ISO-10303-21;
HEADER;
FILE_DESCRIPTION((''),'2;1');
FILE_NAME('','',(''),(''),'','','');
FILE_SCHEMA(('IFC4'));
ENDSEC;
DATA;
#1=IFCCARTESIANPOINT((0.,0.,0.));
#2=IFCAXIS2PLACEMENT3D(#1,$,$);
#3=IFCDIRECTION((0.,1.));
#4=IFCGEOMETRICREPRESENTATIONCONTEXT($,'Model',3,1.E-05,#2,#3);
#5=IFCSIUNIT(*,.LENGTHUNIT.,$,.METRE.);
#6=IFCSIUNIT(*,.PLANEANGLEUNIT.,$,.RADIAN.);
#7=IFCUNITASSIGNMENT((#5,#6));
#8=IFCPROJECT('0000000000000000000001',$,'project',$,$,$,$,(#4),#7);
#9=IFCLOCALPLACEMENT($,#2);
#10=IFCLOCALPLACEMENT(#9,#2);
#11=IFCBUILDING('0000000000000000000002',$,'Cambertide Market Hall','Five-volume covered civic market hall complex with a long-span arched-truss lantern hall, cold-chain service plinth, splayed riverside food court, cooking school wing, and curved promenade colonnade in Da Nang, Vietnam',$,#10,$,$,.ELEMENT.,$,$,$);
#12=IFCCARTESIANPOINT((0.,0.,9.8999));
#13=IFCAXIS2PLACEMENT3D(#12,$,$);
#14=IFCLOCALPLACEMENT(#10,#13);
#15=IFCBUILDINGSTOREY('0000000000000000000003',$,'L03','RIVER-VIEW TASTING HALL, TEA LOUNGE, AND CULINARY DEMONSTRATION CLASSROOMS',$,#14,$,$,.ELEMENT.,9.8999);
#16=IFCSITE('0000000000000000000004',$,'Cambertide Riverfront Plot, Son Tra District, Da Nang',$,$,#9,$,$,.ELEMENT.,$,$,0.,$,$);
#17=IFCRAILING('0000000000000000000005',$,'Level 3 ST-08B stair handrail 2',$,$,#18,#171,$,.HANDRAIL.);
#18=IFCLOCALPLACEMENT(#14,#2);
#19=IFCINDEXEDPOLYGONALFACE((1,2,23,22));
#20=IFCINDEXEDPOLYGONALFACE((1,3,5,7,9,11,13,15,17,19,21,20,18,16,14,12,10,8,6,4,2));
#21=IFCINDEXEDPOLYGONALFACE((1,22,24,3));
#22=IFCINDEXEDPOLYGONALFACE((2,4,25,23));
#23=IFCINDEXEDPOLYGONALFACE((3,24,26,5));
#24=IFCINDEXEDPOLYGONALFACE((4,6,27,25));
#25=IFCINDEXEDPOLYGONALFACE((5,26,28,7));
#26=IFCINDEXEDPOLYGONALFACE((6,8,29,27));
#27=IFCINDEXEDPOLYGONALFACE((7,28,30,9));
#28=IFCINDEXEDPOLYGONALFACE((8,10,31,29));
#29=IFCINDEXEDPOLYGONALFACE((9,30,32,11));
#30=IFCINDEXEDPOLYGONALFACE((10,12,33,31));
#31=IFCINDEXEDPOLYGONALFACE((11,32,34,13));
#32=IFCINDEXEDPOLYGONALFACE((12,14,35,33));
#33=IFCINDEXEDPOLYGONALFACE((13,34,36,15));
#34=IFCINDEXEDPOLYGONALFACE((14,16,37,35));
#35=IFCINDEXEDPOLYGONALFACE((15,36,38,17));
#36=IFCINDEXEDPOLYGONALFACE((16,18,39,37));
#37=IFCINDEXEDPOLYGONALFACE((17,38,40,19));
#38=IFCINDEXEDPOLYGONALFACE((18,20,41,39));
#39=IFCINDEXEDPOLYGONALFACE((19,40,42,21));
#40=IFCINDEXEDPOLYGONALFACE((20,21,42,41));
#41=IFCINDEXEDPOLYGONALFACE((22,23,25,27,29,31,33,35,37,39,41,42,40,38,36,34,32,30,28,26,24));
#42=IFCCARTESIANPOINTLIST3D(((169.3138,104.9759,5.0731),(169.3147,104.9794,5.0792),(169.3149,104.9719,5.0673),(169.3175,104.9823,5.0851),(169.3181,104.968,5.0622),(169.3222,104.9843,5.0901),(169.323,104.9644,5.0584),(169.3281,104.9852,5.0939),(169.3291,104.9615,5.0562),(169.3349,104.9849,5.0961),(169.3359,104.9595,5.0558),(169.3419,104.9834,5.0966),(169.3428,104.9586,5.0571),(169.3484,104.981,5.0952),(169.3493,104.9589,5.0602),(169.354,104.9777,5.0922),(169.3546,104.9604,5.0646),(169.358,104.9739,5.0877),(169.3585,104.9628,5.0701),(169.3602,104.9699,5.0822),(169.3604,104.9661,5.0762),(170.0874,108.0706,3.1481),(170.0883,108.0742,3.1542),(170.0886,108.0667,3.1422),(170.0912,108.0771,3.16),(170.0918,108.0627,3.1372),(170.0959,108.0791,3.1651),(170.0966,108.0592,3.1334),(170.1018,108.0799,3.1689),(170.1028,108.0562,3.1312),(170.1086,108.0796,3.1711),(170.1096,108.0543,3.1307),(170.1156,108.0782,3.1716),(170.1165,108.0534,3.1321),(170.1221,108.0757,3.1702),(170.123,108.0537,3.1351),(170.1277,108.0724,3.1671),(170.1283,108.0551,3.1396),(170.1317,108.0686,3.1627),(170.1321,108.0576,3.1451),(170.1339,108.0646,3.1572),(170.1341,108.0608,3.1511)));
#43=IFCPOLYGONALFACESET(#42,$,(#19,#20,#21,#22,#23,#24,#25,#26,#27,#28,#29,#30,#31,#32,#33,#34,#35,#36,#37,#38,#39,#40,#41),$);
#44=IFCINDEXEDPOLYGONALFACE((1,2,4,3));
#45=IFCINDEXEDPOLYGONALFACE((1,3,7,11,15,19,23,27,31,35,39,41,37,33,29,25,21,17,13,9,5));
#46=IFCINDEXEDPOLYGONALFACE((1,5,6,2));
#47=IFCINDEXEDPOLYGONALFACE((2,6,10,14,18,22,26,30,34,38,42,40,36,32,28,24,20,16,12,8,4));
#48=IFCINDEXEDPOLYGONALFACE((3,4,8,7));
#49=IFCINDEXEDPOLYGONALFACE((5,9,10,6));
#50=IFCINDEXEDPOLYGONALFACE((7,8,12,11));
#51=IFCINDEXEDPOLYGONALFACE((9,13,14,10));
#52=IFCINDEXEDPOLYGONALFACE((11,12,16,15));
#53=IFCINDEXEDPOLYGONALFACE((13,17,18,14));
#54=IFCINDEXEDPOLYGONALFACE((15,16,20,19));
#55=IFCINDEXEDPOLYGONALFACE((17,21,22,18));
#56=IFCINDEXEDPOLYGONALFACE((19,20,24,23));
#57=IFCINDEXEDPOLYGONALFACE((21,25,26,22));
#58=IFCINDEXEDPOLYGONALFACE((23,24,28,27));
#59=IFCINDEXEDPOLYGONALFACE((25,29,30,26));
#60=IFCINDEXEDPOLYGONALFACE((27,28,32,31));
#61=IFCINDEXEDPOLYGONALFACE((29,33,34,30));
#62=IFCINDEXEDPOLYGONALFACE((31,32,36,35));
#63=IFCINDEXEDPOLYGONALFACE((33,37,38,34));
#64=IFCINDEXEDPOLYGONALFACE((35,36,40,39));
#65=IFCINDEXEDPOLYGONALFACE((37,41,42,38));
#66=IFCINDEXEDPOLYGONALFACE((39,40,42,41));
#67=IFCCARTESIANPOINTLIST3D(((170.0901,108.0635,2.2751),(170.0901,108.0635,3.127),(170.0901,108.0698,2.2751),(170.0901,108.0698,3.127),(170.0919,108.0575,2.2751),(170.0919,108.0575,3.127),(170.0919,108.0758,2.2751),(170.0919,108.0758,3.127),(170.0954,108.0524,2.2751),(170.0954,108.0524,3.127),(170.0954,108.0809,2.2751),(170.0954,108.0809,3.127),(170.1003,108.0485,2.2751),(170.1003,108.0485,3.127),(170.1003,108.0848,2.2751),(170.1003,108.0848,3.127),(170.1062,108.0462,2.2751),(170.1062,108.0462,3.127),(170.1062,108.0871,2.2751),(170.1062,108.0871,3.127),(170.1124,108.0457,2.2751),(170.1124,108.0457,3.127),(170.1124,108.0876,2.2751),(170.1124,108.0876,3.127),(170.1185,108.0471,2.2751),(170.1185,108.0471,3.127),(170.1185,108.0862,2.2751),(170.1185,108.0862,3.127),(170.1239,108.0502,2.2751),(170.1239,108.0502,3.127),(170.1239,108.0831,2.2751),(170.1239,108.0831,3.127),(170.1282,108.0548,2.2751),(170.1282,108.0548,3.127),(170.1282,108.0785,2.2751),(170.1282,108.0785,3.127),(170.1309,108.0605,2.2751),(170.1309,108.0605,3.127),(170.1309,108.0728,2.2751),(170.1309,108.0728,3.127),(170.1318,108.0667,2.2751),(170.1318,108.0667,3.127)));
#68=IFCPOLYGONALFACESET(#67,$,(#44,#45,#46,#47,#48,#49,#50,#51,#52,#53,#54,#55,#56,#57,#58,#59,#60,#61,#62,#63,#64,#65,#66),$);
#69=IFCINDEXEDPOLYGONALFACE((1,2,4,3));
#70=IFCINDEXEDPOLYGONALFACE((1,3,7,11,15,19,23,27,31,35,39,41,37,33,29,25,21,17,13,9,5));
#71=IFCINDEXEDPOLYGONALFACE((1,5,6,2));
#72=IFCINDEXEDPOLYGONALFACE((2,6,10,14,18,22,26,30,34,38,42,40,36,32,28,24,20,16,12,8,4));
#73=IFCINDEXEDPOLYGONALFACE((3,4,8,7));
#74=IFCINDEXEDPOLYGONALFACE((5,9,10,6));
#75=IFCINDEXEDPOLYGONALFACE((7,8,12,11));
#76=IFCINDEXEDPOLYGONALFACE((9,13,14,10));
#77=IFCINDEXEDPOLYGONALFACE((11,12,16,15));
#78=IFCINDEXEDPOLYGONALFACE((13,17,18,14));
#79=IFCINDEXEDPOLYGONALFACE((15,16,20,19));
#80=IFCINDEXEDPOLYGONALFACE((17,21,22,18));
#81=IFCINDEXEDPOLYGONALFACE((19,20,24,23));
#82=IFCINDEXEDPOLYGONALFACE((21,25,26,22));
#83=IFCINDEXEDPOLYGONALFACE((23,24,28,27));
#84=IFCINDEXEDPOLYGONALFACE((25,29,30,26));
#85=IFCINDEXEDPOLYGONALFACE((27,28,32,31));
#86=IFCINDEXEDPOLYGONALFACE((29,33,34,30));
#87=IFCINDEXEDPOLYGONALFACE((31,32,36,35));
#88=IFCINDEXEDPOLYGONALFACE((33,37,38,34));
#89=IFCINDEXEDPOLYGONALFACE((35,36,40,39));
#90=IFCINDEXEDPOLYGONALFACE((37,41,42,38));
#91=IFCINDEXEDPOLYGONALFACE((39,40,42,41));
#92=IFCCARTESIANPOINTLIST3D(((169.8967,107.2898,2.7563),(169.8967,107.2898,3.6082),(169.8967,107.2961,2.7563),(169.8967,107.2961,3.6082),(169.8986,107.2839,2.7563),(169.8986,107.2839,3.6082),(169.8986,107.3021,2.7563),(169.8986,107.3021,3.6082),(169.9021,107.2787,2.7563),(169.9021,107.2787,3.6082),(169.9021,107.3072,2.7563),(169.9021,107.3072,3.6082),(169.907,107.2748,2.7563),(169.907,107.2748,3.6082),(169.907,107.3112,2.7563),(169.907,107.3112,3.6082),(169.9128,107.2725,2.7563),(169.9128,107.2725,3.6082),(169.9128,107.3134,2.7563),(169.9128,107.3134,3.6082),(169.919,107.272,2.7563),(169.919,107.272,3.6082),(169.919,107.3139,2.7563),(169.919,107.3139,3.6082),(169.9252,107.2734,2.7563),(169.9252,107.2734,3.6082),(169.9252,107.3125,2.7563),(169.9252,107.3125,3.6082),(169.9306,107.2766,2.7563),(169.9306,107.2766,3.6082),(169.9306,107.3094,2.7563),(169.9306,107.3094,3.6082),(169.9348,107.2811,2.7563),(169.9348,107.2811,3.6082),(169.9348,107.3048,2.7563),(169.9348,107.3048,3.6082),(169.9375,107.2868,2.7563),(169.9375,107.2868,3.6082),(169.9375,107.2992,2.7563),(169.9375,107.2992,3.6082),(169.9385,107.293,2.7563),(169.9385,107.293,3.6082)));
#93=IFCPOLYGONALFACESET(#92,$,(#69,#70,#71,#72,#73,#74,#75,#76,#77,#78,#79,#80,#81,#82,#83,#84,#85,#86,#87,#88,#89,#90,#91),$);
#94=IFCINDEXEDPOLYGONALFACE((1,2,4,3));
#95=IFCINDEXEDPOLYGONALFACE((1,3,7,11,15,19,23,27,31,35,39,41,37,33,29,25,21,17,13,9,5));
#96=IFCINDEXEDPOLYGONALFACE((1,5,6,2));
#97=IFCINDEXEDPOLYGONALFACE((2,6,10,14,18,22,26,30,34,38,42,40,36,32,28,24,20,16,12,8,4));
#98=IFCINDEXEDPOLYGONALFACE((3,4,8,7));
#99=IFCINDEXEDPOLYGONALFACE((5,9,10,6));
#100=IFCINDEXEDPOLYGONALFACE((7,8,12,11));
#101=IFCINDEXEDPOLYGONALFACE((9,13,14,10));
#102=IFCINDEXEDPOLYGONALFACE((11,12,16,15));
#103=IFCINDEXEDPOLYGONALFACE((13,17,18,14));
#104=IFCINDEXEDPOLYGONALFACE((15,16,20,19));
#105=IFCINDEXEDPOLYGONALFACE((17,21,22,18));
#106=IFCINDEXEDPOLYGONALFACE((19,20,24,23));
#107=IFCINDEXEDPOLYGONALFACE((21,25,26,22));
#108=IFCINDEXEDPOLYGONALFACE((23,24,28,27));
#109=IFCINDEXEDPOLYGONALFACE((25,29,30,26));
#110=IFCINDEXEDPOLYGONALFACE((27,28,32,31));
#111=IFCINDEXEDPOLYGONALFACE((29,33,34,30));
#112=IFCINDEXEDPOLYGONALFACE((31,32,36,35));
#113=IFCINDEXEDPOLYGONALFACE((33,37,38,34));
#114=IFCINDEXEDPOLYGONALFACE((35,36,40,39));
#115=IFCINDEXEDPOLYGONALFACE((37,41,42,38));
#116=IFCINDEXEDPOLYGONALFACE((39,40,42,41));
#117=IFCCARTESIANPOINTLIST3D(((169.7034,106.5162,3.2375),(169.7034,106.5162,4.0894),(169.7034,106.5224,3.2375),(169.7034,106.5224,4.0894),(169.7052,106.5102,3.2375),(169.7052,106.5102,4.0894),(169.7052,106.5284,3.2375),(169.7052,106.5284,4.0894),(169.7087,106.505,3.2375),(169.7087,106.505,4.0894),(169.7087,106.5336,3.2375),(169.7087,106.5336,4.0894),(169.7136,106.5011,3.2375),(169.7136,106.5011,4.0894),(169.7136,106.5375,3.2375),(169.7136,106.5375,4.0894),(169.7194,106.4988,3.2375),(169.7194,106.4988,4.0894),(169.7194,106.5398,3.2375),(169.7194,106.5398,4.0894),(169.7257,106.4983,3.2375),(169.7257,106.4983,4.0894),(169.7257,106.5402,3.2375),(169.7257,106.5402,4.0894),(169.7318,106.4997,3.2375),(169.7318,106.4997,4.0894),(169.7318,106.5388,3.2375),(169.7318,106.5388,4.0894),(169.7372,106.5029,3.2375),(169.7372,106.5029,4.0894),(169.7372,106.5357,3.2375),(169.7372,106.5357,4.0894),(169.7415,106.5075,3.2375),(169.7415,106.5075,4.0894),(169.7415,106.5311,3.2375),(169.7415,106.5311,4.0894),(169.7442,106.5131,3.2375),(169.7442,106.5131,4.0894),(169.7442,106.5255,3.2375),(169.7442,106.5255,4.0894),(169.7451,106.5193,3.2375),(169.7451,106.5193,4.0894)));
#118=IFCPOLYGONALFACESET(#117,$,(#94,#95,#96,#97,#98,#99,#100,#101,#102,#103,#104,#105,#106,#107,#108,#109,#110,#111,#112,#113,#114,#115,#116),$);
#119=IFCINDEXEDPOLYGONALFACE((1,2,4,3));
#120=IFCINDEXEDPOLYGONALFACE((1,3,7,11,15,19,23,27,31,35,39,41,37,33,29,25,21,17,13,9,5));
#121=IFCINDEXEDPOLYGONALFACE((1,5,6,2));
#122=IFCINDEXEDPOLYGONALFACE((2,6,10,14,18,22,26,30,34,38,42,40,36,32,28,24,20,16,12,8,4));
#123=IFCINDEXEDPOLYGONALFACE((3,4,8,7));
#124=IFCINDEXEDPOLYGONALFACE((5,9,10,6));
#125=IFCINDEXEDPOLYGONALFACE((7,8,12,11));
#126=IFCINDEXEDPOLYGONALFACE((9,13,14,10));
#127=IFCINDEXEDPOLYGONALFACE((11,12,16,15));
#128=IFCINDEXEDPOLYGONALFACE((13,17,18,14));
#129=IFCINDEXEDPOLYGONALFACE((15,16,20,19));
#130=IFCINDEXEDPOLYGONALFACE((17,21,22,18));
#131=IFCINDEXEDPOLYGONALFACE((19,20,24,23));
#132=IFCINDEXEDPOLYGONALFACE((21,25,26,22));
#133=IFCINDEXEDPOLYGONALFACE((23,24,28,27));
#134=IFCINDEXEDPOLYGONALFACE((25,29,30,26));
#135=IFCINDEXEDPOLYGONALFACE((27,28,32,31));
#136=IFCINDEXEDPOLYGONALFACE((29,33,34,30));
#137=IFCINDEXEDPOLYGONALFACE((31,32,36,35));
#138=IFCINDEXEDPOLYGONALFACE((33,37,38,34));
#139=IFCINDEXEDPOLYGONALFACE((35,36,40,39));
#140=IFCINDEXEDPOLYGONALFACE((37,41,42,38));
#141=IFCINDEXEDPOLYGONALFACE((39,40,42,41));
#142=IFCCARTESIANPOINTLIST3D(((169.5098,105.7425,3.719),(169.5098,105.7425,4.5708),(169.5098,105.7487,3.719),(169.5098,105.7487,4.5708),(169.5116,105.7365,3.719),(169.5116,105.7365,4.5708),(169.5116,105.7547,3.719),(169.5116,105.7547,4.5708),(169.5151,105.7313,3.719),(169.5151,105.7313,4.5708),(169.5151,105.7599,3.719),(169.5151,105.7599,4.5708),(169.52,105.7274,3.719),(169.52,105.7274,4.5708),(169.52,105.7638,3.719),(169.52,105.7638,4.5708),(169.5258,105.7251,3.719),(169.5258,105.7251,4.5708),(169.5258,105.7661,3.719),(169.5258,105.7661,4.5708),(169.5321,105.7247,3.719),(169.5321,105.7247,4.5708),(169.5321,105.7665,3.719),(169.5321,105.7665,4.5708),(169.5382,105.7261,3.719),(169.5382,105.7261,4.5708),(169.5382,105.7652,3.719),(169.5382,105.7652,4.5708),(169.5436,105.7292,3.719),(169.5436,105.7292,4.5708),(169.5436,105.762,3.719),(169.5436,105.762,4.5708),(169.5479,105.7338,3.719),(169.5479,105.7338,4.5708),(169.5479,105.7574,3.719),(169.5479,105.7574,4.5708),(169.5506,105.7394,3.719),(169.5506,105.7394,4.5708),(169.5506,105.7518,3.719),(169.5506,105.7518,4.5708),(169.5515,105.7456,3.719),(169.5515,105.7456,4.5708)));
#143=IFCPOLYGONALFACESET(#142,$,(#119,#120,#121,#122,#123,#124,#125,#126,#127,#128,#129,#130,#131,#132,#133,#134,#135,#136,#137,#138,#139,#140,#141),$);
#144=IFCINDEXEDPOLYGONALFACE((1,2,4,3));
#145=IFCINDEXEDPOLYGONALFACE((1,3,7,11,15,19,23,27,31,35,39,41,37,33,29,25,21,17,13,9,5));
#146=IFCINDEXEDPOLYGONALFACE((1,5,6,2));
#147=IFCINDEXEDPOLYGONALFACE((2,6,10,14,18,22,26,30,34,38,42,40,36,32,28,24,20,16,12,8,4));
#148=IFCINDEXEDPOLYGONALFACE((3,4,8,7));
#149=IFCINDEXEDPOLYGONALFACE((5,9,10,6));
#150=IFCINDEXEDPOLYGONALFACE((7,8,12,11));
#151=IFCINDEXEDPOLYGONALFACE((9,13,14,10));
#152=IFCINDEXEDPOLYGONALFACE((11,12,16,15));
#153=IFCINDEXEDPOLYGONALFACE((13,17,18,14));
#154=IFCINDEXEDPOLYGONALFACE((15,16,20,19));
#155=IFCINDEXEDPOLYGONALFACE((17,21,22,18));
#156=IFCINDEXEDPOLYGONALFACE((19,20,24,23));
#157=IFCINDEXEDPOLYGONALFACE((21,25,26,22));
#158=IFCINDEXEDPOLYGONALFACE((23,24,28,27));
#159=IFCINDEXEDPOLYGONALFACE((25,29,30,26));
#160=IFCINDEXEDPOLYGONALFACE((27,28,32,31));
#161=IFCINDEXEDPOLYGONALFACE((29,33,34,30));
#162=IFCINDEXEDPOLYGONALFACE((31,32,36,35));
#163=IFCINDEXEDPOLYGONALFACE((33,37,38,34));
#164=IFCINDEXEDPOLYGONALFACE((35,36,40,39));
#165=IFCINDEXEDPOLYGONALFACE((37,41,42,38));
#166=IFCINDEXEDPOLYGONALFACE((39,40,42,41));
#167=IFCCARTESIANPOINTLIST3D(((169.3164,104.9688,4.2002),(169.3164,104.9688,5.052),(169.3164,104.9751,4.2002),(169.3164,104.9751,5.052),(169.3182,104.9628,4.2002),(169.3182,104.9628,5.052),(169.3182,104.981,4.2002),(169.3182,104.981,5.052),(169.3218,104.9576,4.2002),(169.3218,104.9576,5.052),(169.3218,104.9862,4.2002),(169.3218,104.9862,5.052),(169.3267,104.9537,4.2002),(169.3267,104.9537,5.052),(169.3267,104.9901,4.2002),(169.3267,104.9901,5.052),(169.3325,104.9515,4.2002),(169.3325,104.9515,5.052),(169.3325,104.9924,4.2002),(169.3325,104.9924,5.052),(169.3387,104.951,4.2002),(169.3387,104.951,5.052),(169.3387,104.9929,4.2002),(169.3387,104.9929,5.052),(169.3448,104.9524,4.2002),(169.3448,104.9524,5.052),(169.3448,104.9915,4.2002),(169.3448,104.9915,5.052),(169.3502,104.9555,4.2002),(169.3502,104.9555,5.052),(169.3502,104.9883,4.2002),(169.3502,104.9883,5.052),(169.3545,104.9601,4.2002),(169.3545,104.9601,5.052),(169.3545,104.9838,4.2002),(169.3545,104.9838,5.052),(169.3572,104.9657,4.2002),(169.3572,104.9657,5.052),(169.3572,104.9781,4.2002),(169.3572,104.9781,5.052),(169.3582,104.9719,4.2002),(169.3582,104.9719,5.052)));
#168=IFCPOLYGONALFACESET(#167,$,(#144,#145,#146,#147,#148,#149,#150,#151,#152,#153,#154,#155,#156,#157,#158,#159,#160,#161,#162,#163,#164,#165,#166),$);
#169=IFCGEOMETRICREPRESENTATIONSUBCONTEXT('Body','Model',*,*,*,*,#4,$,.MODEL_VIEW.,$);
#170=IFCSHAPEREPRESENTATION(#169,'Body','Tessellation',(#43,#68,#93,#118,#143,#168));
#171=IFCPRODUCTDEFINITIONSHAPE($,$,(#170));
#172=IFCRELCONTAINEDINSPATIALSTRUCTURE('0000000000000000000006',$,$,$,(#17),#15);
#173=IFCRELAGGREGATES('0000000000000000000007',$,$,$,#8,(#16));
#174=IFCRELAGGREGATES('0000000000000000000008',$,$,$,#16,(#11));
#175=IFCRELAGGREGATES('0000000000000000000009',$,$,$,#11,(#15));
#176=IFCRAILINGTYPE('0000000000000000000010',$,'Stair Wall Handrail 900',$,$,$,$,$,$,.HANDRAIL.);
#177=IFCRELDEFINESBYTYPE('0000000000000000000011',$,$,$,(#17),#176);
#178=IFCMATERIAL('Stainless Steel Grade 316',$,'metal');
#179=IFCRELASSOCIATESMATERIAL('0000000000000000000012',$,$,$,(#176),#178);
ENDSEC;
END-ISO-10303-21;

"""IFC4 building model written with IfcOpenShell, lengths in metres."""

from ifc_helpers import new_model, si_unit, direction, frame, origin, origin_2d, place, context, subcontext, project, spatial, circle, extrude, material, type_object, element, save


model = new_model("IFC4")

# Units and contexts
model_context = context("Model", 3, precision=1e-05, world=origin(), true_north=direction((0.0, 1.0)))
body_context = subcontext(model_context, "Body", "Model", "MODEL_VIEW")
ifc_project = project(units=[si_unit("LENGTHUNIT", "METRE"), si_unit("PLANEANGLEUNIT", "RADIAN")], contexts=[model_context])

# Site, building, storey
site_placement = place(None, origin())
site = spatial("IfcSite", under=ifc_project, at=site_placement, Name="Cambertide Riverfront Plot, Son Tra District, Da Nang", CompositionType="ELEMENT", RefElevation=0.0)
building_placement = place(site_placement, origin())
building = spatial("IfcBuilding", under=site, at=building_placement, Name="Cambertide Market Hall", Description="Five-volume covered civic market hall complex with a long-span arched-truss lantern hall, cold-chain service plinth, splayed riverside food court, cooking school wing, and curved promenade colonnade in Da Nang, Vietnam", CompositionType="ELEMENT")
storey_placement = place(building_placement, frame((0.0, 0.0, 9.8999)))
storey = spatial("IfcBuildingStorey", under=building, at=storey_placement, Name="L03", Description="RIVER-VIEW TASTING HALL, TEA LOUNGE, AND CULINARY DEMONSTRATION CLASSROOMS", CompositionType="ELEMENT", Elevation=9.8999)

# Railing
ifc_material_1 = material(Name="Stainless Steel Grade 316", Category="metal")
railing_type_1 = type_object("IfcRailingType", Name="Stair Wall Handrail 900", PredefinedType="HANDRAIL", material=ifc_material_1)
railing_1_placement = place(storey_placement, frame((170.1108, 108.0667, 2.2751)))
element("IfcRailing", 1, at=railing_1_placement, inside=storey, type_object=railing_type_1, Name="Level 3 ST-08B stair handrail 2", PredefinedType="HANDRAIL", context=body_context, shape_type="SweptSolid", body=[
    extrude(circle(Radius=0.0239, at=origin_2d()), frame((0.0, 0.0, 0.876), z_axis=(-0.207654, -0.830616, 0.516678), x_axis=(0.970143, -0.242536, 0.0)), (0.0, 0.0, 1.0), 3.7258),
    extrude(circle(Radius=0.021, at=origin_2d()), origin(), (0.0, 0.0, 1.0), 0.8518),
    extrude(circle(Radius=0.021, at=origin_2d()), frame((-0.1934, -0.7737, 0.4812)), (0.0, 0.0, 1.0), 0.8518),
    extrude(circle(Radius=0.021, at=origin_2d()), frame((-0.3867, -1.5474, 0.9624)), (0.0, 0.0, 1.0), 0.8518),
    extrude(circle(Radius=0.021, at=origin_2d()), frame((-0.5803, -2.321, 1.4438)), (0.0, 0.0, 1.0), 0.8518),
    extrude(circle(Radius=0.021, at=origin_2d()), frame((-0.7737, -3.0947, 1.925)), (0.0, 0.0, 1.0), 0.8518),
])

save(model, "model.ifc")
